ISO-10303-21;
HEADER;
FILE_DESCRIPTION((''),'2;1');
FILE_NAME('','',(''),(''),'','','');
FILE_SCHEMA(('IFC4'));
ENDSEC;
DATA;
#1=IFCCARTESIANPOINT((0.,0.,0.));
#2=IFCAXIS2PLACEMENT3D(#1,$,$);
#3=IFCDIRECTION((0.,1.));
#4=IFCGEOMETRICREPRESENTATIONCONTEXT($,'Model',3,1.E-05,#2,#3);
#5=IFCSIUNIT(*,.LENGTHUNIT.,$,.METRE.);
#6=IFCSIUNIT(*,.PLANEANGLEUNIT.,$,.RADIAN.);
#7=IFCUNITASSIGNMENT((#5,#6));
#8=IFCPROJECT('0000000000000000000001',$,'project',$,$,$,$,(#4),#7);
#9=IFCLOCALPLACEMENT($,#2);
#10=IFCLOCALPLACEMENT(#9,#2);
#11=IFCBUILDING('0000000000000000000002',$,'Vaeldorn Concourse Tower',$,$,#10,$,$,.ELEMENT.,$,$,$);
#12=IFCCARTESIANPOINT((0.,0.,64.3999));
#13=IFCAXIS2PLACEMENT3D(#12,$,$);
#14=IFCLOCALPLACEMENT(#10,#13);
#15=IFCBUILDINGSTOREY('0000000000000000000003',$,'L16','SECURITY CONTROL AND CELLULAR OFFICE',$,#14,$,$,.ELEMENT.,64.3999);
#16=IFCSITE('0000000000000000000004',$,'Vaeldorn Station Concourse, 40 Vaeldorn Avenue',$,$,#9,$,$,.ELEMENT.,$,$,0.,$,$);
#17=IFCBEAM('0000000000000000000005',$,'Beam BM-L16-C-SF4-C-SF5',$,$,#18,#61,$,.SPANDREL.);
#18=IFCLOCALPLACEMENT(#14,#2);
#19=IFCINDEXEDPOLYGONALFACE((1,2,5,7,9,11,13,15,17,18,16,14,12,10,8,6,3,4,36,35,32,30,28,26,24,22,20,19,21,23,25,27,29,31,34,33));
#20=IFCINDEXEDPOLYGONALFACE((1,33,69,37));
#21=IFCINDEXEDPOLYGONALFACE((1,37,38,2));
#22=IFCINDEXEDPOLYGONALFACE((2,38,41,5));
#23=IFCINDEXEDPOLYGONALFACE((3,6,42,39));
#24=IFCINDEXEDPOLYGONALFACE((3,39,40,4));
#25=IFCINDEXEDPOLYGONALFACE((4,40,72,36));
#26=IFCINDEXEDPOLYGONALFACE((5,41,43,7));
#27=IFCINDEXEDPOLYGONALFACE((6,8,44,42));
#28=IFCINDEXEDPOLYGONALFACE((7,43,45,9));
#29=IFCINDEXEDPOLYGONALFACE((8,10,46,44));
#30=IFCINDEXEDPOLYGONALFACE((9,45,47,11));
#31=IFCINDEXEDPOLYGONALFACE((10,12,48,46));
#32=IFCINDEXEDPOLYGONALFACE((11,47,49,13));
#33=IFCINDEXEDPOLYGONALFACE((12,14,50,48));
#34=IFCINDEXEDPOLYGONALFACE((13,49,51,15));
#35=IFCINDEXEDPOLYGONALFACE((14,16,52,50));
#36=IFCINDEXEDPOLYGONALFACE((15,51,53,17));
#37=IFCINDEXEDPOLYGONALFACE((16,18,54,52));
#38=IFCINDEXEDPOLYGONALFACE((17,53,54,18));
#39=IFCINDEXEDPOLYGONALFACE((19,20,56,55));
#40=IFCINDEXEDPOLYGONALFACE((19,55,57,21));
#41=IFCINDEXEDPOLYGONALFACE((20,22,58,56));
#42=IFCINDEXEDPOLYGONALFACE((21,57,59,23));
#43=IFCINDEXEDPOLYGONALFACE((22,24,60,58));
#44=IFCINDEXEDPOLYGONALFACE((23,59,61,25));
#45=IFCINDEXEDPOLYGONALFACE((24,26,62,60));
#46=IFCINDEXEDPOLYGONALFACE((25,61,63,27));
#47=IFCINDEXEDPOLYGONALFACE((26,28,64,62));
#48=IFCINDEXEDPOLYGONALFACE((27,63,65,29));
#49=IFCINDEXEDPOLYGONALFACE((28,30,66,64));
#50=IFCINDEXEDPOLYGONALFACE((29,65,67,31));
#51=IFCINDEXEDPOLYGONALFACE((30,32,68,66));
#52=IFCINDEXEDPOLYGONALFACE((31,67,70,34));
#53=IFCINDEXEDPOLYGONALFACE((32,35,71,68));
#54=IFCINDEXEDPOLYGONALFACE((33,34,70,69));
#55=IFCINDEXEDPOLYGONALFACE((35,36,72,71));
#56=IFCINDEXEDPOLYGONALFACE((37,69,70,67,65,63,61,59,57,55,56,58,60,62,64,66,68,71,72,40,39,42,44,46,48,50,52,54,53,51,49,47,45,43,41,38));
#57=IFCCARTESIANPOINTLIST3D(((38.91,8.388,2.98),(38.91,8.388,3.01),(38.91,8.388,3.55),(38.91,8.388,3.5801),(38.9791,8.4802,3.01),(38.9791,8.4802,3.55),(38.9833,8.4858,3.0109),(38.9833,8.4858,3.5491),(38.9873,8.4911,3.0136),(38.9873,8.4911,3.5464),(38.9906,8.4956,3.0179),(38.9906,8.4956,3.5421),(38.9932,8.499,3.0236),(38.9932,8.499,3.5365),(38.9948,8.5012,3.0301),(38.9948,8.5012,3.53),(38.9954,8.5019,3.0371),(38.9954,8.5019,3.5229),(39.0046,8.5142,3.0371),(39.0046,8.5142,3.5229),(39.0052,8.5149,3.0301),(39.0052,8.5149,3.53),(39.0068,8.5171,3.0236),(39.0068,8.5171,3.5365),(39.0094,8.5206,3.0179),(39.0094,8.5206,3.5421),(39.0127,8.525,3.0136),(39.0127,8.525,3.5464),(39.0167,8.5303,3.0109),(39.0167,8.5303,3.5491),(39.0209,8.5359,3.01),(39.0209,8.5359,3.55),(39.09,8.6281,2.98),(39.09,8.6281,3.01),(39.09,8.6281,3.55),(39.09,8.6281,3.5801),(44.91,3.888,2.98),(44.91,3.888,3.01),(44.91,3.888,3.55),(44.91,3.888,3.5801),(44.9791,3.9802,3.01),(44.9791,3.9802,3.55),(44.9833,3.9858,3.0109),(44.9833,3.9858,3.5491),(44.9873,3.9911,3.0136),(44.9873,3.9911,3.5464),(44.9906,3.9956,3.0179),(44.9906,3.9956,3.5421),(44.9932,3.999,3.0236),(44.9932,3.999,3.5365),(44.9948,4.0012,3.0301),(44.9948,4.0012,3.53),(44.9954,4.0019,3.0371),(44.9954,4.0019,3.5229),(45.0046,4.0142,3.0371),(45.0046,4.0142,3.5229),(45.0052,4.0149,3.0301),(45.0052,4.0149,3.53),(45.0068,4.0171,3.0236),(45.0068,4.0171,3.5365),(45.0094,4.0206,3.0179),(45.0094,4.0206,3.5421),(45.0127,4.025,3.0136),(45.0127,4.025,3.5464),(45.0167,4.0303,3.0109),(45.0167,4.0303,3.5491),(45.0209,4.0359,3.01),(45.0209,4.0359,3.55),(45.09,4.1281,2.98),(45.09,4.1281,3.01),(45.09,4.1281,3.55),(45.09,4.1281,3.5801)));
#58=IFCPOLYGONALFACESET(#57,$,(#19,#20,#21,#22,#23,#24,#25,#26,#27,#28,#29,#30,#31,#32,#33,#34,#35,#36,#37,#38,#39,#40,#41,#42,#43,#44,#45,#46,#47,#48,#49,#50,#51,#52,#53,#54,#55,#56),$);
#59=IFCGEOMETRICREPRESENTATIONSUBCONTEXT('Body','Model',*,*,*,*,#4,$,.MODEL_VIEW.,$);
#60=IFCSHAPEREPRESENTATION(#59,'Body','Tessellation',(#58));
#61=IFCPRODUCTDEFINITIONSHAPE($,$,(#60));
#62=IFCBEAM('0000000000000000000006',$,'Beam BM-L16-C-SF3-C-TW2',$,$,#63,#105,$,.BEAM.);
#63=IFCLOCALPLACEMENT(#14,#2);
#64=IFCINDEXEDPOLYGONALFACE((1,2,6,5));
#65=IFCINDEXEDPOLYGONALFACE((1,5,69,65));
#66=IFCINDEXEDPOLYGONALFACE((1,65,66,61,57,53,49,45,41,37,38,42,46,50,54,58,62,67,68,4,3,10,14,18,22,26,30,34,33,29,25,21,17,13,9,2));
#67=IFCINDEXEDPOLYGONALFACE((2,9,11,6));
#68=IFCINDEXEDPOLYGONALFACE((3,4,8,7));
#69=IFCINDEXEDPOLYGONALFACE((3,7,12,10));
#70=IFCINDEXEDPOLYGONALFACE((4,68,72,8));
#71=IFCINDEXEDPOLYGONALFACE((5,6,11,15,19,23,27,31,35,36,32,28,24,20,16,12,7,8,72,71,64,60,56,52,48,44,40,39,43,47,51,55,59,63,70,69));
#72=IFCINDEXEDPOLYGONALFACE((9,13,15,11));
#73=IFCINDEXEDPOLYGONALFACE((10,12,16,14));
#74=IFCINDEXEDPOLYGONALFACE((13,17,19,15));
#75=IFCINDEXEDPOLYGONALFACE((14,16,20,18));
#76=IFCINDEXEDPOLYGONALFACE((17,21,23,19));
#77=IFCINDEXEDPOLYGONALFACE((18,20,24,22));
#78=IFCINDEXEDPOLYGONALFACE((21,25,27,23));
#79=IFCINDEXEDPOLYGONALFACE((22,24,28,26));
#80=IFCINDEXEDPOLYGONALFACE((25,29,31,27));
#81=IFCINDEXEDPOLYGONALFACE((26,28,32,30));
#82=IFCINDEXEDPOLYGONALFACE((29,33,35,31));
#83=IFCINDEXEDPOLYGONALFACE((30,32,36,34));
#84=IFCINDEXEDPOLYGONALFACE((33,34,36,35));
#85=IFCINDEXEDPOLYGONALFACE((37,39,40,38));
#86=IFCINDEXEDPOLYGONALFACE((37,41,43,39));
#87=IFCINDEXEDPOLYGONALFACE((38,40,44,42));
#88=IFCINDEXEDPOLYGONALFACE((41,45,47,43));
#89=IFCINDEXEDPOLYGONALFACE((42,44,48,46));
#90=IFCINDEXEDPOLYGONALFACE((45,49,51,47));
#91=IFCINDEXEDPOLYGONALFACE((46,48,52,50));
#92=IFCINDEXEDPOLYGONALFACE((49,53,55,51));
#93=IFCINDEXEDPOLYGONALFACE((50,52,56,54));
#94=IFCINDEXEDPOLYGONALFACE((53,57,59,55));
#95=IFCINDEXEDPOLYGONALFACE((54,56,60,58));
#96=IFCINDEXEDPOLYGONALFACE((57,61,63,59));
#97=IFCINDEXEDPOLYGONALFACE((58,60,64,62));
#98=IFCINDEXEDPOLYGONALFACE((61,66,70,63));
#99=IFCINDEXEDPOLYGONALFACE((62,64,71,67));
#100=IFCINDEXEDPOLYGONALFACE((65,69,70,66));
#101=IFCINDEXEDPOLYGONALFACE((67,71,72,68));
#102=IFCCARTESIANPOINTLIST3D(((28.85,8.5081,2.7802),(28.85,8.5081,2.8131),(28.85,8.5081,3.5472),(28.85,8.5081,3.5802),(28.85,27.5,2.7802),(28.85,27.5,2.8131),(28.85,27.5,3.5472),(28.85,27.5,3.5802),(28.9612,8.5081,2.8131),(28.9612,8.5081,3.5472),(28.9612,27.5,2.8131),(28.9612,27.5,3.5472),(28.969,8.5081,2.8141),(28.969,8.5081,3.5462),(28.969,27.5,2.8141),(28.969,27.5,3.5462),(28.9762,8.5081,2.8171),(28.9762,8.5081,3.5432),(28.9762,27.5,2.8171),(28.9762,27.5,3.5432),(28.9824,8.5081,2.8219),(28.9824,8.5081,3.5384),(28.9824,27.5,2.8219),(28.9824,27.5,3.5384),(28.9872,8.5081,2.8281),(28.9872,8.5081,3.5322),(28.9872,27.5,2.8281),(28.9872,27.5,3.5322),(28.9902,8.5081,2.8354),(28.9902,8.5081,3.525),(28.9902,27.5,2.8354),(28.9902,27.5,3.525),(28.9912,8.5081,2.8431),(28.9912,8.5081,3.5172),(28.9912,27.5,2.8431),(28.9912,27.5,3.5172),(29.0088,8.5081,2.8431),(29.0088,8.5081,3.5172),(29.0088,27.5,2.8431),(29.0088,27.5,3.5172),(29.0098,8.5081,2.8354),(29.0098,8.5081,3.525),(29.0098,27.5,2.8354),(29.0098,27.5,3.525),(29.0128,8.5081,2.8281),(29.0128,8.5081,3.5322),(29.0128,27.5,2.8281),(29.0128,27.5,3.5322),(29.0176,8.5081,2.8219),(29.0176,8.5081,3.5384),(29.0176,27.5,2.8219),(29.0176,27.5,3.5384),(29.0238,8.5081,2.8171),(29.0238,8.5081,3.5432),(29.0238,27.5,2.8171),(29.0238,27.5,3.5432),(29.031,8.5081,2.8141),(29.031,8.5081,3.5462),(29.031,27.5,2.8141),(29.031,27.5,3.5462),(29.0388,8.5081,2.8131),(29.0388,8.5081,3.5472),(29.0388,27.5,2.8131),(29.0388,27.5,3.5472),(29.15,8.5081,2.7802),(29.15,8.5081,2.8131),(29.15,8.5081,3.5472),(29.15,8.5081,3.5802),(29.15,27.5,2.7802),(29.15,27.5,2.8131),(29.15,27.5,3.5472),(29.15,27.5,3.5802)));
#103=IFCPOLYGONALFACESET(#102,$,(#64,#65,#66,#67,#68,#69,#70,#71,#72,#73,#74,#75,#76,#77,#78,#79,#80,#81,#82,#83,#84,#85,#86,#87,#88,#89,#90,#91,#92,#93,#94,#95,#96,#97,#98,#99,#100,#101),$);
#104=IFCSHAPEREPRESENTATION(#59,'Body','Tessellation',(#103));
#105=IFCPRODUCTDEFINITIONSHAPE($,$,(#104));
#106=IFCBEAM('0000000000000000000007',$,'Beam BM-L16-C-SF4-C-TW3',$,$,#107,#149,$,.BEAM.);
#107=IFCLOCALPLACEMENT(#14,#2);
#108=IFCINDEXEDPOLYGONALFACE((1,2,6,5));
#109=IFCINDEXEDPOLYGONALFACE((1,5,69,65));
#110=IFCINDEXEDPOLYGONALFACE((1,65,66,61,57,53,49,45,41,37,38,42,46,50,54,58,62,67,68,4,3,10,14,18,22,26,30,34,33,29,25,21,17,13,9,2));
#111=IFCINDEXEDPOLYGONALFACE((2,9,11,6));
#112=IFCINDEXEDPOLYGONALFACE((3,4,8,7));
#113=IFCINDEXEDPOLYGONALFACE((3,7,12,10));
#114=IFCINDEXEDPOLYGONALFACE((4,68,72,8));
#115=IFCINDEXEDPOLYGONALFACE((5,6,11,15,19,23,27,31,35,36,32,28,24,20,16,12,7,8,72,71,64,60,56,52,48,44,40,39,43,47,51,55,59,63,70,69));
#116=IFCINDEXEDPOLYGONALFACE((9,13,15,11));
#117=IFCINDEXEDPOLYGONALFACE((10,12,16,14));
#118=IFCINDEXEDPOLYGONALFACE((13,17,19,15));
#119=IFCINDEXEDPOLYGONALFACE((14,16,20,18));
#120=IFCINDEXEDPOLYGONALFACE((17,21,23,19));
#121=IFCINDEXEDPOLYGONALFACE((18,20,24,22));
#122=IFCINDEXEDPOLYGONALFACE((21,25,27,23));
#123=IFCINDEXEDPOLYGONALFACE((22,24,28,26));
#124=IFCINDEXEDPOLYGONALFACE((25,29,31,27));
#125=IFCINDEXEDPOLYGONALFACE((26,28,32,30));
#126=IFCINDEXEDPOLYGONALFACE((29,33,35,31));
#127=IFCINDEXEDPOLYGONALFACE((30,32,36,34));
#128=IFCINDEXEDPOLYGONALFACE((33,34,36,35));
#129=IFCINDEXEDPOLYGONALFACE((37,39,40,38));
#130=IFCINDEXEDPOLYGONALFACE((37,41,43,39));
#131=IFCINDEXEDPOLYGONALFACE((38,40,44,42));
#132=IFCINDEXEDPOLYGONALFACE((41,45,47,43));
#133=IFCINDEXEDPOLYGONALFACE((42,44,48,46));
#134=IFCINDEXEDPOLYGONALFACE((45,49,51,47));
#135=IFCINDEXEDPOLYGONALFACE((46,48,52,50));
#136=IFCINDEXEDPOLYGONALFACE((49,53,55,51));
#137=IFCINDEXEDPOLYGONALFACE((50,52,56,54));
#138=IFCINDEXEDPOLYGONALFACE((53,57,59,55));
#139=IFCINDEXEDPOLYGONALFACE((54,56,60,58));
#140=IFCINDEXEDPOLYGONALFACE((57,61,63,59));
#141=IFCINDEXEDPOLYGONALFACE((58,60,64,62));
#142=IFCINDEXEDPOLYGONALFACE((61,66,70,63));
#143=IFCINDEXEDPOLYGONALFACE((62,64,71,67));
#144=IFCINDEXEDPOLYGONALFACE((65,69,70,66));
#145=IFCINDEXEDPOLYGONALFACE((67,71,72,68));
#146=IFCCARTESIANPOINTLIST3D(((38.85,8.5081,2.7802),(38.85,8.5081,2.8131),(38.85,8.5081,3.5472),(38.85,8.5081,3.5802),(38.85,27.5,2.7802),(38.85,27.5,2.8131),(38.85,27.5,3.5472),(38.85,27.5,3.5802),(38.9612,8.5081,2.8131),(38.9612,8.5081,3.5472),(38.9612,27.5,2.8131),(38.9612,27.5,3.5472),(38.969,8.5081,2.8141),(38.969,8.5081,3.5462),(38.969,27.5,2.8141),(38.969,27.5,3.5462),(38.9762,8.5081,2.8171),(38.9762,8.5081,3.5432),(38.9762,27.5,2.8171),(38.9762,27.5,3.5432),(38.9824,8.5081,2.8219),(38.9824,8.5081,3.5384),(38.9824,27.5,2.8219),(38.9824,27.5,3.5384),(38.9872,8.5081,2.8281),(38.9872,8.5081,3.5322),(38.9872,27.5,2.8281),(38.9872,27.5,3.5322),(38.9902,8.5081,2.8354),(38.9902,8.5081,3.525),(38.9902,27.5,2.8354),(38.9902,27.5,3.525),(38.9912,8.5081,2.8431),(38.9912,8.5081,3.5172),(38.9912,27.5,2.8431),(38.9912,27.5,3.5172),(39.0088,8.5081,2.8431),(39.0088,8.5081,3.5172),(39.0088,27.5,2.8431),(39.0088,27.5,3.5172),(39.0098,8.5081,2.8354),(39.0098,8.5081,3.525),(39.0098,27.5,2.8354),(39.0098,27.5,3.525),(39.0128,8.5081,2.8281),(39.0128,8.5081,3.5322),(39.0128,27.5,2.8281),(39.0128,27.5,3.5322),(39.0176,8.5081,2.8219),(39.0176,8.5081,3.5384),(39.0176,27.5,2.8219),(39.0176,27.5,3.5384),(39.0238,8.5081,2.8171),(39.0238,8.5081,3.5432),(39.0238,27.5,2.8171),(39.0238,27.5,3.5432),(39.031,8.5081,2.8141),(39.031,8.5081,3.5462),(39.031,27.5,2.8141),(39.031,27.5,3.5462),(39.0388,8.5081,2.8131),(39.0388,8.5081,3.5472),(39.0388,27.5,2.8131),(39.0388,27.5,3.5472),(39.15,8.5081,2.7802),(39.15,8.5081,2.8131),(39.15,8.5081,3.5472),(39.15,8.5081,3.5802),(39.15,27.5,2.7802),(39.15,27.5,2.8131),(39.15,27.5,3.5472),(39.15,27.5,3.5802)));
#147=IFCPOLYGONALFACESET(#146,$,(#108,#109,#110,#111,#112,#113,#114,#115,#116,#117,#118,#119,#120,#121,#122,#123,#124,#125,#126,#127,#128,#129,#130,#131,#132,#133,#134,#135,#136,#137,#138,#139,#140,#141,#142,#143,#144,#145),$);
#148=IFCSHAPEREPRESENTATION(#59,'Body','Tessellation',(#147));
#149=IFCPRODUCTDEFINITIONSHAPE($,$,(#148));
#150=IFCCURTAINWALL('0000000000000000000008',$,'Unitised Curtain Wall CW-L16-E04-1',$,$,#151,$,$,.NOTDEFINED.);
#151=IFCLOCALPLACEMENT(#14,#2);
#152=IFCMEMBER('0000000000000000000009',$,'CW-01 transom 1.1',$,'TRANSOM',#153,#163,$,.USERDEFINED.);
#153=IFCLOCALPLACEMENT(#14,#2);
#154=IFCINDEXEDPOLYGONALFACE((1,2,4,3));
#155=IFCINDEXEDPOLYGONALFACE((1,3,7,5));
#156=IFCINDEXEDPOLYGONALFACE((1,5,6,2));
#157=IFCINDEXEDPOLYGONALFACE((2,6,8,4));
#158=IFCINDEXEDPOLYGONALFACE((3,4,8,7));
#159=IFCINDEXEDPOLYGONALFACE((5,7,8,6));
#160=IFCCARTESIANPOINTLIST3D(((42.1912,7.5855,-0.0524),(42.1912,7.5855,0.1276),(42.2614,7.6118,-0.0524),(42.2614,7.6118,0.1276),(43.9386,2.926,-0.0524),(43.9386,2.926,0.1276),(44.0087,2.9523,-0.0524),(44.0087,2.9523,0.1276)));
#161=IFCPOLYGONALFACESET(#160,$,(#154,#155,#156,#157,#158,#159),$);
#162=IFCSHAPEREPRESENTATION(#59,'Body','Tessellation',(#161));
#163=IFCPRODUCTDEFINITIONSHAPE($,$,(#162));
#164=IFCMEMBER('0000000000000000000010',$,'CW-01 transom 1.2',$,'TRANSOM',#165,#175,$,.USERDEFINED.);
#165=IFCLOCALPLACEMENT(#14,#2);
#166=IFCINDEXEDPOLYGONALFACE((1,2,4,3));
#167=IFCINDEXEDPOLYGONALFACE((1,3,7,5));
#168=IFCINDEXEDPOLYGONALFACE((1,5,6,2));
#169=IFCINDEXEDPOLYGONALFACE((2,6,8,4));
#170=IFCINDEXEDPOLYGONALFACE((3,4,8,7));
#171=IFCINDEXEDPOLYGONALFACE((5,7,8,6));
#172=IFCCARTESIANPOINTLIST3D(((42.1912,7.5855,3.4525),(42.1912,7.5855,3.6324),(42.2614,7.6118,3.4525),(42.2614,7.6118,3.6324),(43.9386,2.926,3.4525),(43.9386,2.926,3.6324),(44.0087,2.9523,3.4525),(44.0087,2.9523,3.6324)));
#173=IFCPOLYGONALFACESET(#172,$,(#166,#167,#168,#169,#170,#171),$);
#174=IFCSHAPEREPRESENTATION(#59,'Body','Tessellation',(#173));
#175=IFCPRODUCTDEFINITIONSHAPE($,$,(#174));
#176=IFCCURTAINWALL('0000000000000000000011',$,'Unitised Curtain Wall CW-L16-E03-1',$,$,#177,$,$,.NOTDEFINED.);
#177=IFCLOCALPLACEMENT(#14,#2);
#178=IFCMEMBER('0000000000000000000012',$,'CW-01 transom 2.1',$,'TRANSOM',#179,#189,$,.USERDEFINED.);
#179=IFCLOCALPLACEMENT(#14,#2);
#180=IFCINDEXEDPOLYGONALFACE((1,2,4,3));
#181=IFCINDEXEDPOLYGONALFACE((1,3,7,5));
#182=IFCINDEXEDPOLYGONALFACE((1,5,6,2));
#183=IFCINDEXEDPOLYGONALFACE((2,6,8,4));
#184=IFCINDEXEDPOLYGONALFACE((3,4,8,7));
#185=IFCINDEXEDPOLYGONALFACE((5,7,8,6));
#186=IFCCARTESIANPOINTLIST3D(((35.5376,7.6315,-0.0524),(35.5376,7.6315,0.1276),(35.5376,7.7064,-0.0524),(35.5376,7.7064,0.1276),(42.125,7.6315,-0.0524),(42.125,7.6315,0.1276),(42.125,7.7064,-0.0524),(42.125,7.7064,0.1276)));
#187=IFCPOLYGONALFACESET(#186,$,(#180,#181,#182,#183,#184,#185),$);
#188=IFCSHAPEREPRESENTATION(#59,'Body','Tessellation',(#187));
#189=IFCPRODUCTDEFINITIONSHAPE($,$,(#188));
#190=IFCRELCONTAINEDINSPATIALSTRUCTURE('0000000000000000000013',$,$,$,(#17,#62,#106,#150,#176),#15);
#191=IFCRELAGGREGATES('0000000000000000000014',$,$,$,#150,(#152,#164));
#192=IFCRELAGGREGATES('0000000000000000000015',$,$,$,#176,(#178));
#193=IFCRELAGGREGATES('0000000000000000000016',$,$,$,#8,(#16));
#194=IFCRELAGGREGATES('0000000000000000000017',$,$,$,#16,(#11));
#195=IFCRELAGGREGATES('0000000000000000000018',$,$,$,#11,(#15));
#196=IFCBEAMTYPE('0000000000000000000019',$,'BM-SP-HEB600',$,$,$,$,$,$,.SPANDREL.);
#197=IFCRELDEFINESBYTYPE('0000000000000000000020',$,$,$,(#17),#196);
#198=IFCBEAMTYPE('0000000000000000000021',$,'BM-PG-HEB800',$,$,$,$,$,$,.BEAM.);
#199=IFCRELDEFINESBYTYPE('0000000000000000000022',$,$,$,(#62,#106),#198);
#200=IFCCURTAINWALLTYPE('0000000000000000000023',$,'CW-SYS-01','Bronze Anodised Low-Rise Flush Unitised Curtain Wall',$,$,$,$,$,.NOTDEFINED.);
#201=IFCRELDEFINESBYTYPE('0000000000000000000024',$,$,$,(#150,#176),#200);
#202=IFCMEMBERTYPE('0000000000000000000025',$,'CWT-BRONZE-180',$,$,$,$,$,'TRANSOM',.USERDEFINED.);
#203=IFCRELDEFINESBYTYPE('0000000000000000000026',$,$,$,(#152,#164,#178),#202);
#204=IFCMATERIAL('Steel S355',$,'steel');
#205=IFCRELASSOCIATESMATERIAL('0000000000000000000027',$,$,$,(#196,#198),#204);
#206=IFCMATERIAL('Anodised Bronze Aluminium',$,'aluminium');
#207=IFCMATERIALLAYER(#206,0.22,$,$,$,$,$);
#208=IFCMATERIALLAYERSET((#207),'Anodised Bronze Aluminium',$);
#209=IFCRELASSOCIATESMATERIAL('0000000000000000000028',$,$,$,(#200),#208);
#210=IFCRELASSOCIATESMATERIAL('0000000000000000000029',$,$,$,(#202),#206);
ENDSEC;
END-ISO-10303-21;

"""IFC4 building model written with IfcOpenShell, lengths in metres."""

from ifc_helpers import new_model, si_unit, direction, frame, origin, origin_2d, place, context, subcontext, project, spatial, rectangle, i_section, extrude, source, transform, mapped, material, layer, layer_set, material_profile, profile_set, type_object, element, aggregate, save


model = new_model("IFC4")

# Units and contexts
model_context = context("Model", 3, precision=1e-05, world=origin(), true_north=direction((0.0, 1.0)))
body_context = subcontext(model_context, "Body", "Model", "MODEL_VIEW")
ifc_project = project(units=[si_unit("LENGTHUNIT", "METRE"), si_unit("PLANEANGLEUNIT", "RADIAN")], contexts=[model_context])

# Site, building, storey
site_placement = place(None, origin())
site = spatial("IfcSite", under=ifc_project, at=site_placement, Name="Vaeldorn Station Concourse, 40 Vaeldorn Avenue", CompositionType="ELEMENT", RefElevation=0.0)
building_placement = place(site_placement, origin())
building = spatial("IfcBuilding", under=site, at=building_placement, Name="Vaeldorn Concourse Tower", CompositionType="ELEMENT")
storey_placement = place(building_placement, frame((0.0, 0.0, 64.3999)))
storey = spatial("IfcBuildingStorey", under=building, at=storey_placement, Name="L16", Description="SECURITY CONTROL AND CELLULAR OFFICE", CompositionType="ELEMENT", Elevation=64.3999)

# Beams
ifc_material_1 = material(Name="Steel S355", Category="steel")
ifc_material_profile_1 = material_profile(ifc_material_1, i_section(OverallWidth=0.3, OverallDepth=0.6001, WebThickness=0.0154, FlangeThickness=0.03, FilletRadius=0.0271, at=origin_2d()), Name="HEB 600")
ifc_profile_set_1 = profile_set([ifc_material_profile_1], Name="Steel S355")
beam_type_1 = type_object("IfcBeamType", Name="BM-SP-HEB600", PredefinedType="SPANDREL", material=ifc_profile_set_1)
shared_shape_1 = source(origin(), body_context, "Body", "SweptSolid", [
    extrude(i_section(OverallWidth=0.3, OverallDepth=0.6001, WebThickness=0.0154, FlangeThickness=0.03, FilletRadius=0.0271, at=origin_2d()), origin(), (0.0, 0.0, 1.0), 7.5),
])
beam_1_placement = place(storey_placement, frame((39.0, 8.5081, 3.28), z_axis=(0.8, -0.6, 0.0), x_axis=(0.6, 0.8, 0.0)))
element("IfcBeam", 1, at=beam_1_placement, inside=storey, type_object=beam_type_1, Name="Beam BM-L16-C-SF4-C-SF5", PredefinedType="SPANDREL", context=body_context, shape_type="MappedRepresentation", body=[
    mapped(shared_shape_1, transform((0.0, 0.0, 0.0), scale=1.0)),
])
ifc_material_profile_2 = material_profile(ifc_material_1, i_section(OverallWidth=0.3, OverallDepth=0.8, WebThickness=0.0176, FlangeThickness=0.033, FilletRadius=0.03, at=origin_2d()), Name="HEB 800")
ifc_profile_set_2 = profile_set([ifc_material_profile_2], Name="Steel S355")
beam_type_2 = type_object("IfcBeamType", Name="BM-PG-HEB800", PredefinedType="BEAM", material=ifc_profile_set_2)
shared_shape_2 = source(origin(), body_context, "Body", "SweptSolid", [
    extrude(i_section(OverallWidth=0.3, OverallDepth=0.8, WebThickness=0.0176, FlangeThickness=0.033, FilletRadius=0.03, at=origin_2d()), origin(), (0.0, 0.0, 1.0), 18.9919),
])
for number, where, z_axis, x_axis, name in (
    (2, (29.0, 8.5081, 3.1802), (0.0, 1.0, 0.0), (-1.0, 0.0, 0.0), "Beam BM-L16-C-SF3-C-TW2"),
    (3, (39.0, 8.5081, 3.1802), (0.0, 1.0, 0.0), (-1.0, 0.0, 0.0), "Beam BM-L16-C-SF4-C-TW3"),
):
    element("IfcBeam", number, at=place(storey_placement, frame(where, z_axis=z_axis, x_axis=x_axis)), inside=storey, type_object=beam_type_2, Name=name, PredefinedType="BEAM", context=body_context, shape_type="MappedRepresentation", body=[
        mapped(shared_shape_2, transform((0.0, 0.0, 0.0), scale=1.0)),
    ])

# Curtain walls, members
ifc_material_2 = material(Name="Anodised Bronze Aluminium", Category="aluminium")
ifc_layer_1 = layer(ifc_material_2, 0.22)
ifc_layer_set_1 = layer_set([ifc_layer_1], Name="Anodised Bronze Aluminium")
curtain_wall_type = type_object("IfcCurtainWallType", Name="CW-SYS-01", Description="Bronze Anodised Low-Rise Flush Unitised Curtain Wall", PredefinedType="NOTDEFINED", material=ifc_layer_set_1)
curtain_wall_1_placement = place(storey_placement, origin())
curtain_wall_1 = element("IfcCurtainWall", 4, at=curtain_wall_1_placement, inside=storey, type_object=curtain_wall_type, Name="Unitised Curtain Wall CW-L16-E04-1", PredefinedType="NOTDEFINED")
ifc_material_profile_3 = material_profile(ifc_material_2, rectangle(XDim=0.075, YDim=0.1799, at=origin_2d()), Name="CWT 75x180")
ifc_profile_set_3 = profile_set([ifc_material_profile_3], Name="Anodised Bronze Aluminium")
member_type_1 = type_object("IfcMemberType", Name="CWT-BRONZE-180", ElementType="TRANSOM", PredefinedType="USERDEFINED", material=ifc_profile_set_3)
shared_shape_3 = source(origin(), body_context, "Body", "SweptSolid", [
    extrude(rectangle(XDim=0.075, YDim=0.1799, at=origin_2d()), origin(), (0.0, 0.0, 1.0), 4.9763),
])
member_1_placement = place(storey_placement, frame((42.2263, 7.5986, 0.0376), z_axis=(0.351129, -0.936327, 0.0), x_axis=(0.936327, 0.351129, 0.0)))
member_1 = element("IfcMember", 5, at=member_1_placement, type_object=member_type_1, Name="CW-01 transom 1.1", ObjectType="TRANSOM", PredefinedType="USERDEFINED", context=body_context, shape_type="MappedRepresentation", body=[
    mapped(shared_shape_3, transform((0.0, 0.0, 0.0), scale=1.0)),
])
member_2_placement = place(storey_placement, frame((42.2263, 7.5986, 3.5425), z_axis=(0.351129, -0.936327, 0.0), x_axis=(0.936327, 0.351129, 0.0)))
member_2 = element("IfcMember", 6, at=member_2_placement, type_object=member_type_1, Name="CW-01 transom 1.2", ObjectType="TRANSOM", PredefinedType="USERDEFINED", context=body_context, shape_type="MappedRepresentation", body=[
    mapped(shared_shape_3, transform((0.0, 0.0, 0.0), scale=1.0)),
])
curtain_wall_2_placement = place(storey_placement, origin())
curtain_wall_2 = element("IfcCurtainWall", 7, at=curtain_wall_2_placement, inside=storey, type_object=curtain_wall_type, Name="Unitised Curtain Wall CW-L16-E03-1", PredefinedType="NOTDEFINED")
shared_shape_4 = source(origin(), body_context, "Body", "SweptSolid", [
    extrude(rectangle(XDim=0.075, YDim=0.1799, at=origin_2d()), origin(), (0.0, 0.0, 1.0), 6.5874),
])
member_3_placement = place(storey_placement, frame((35.5376, 7.6689, 0.0376), z_axis=(1.0, 0.0, 0.0), x_axis=(0.0, 1.0, 0.0)))
member_3 = element("IfcMember", 8, at=member_3_placement, type_object=member_type_1, Name="CW-01 transom 2.1", ObjectType="TRANSOM", PredefinedType="USERDEFINED", context=body_context, shape_type="MappedRepresentation", body=[
    mapped(shared_shape_4, transform((0.0, 0.0, 0.0), scale=1.0)),
])

aggregate(curtain_wall_1, [member_1, member_2])
aggregate(curtain_wall_2, [member_3])

save(model, "model.ifc")
